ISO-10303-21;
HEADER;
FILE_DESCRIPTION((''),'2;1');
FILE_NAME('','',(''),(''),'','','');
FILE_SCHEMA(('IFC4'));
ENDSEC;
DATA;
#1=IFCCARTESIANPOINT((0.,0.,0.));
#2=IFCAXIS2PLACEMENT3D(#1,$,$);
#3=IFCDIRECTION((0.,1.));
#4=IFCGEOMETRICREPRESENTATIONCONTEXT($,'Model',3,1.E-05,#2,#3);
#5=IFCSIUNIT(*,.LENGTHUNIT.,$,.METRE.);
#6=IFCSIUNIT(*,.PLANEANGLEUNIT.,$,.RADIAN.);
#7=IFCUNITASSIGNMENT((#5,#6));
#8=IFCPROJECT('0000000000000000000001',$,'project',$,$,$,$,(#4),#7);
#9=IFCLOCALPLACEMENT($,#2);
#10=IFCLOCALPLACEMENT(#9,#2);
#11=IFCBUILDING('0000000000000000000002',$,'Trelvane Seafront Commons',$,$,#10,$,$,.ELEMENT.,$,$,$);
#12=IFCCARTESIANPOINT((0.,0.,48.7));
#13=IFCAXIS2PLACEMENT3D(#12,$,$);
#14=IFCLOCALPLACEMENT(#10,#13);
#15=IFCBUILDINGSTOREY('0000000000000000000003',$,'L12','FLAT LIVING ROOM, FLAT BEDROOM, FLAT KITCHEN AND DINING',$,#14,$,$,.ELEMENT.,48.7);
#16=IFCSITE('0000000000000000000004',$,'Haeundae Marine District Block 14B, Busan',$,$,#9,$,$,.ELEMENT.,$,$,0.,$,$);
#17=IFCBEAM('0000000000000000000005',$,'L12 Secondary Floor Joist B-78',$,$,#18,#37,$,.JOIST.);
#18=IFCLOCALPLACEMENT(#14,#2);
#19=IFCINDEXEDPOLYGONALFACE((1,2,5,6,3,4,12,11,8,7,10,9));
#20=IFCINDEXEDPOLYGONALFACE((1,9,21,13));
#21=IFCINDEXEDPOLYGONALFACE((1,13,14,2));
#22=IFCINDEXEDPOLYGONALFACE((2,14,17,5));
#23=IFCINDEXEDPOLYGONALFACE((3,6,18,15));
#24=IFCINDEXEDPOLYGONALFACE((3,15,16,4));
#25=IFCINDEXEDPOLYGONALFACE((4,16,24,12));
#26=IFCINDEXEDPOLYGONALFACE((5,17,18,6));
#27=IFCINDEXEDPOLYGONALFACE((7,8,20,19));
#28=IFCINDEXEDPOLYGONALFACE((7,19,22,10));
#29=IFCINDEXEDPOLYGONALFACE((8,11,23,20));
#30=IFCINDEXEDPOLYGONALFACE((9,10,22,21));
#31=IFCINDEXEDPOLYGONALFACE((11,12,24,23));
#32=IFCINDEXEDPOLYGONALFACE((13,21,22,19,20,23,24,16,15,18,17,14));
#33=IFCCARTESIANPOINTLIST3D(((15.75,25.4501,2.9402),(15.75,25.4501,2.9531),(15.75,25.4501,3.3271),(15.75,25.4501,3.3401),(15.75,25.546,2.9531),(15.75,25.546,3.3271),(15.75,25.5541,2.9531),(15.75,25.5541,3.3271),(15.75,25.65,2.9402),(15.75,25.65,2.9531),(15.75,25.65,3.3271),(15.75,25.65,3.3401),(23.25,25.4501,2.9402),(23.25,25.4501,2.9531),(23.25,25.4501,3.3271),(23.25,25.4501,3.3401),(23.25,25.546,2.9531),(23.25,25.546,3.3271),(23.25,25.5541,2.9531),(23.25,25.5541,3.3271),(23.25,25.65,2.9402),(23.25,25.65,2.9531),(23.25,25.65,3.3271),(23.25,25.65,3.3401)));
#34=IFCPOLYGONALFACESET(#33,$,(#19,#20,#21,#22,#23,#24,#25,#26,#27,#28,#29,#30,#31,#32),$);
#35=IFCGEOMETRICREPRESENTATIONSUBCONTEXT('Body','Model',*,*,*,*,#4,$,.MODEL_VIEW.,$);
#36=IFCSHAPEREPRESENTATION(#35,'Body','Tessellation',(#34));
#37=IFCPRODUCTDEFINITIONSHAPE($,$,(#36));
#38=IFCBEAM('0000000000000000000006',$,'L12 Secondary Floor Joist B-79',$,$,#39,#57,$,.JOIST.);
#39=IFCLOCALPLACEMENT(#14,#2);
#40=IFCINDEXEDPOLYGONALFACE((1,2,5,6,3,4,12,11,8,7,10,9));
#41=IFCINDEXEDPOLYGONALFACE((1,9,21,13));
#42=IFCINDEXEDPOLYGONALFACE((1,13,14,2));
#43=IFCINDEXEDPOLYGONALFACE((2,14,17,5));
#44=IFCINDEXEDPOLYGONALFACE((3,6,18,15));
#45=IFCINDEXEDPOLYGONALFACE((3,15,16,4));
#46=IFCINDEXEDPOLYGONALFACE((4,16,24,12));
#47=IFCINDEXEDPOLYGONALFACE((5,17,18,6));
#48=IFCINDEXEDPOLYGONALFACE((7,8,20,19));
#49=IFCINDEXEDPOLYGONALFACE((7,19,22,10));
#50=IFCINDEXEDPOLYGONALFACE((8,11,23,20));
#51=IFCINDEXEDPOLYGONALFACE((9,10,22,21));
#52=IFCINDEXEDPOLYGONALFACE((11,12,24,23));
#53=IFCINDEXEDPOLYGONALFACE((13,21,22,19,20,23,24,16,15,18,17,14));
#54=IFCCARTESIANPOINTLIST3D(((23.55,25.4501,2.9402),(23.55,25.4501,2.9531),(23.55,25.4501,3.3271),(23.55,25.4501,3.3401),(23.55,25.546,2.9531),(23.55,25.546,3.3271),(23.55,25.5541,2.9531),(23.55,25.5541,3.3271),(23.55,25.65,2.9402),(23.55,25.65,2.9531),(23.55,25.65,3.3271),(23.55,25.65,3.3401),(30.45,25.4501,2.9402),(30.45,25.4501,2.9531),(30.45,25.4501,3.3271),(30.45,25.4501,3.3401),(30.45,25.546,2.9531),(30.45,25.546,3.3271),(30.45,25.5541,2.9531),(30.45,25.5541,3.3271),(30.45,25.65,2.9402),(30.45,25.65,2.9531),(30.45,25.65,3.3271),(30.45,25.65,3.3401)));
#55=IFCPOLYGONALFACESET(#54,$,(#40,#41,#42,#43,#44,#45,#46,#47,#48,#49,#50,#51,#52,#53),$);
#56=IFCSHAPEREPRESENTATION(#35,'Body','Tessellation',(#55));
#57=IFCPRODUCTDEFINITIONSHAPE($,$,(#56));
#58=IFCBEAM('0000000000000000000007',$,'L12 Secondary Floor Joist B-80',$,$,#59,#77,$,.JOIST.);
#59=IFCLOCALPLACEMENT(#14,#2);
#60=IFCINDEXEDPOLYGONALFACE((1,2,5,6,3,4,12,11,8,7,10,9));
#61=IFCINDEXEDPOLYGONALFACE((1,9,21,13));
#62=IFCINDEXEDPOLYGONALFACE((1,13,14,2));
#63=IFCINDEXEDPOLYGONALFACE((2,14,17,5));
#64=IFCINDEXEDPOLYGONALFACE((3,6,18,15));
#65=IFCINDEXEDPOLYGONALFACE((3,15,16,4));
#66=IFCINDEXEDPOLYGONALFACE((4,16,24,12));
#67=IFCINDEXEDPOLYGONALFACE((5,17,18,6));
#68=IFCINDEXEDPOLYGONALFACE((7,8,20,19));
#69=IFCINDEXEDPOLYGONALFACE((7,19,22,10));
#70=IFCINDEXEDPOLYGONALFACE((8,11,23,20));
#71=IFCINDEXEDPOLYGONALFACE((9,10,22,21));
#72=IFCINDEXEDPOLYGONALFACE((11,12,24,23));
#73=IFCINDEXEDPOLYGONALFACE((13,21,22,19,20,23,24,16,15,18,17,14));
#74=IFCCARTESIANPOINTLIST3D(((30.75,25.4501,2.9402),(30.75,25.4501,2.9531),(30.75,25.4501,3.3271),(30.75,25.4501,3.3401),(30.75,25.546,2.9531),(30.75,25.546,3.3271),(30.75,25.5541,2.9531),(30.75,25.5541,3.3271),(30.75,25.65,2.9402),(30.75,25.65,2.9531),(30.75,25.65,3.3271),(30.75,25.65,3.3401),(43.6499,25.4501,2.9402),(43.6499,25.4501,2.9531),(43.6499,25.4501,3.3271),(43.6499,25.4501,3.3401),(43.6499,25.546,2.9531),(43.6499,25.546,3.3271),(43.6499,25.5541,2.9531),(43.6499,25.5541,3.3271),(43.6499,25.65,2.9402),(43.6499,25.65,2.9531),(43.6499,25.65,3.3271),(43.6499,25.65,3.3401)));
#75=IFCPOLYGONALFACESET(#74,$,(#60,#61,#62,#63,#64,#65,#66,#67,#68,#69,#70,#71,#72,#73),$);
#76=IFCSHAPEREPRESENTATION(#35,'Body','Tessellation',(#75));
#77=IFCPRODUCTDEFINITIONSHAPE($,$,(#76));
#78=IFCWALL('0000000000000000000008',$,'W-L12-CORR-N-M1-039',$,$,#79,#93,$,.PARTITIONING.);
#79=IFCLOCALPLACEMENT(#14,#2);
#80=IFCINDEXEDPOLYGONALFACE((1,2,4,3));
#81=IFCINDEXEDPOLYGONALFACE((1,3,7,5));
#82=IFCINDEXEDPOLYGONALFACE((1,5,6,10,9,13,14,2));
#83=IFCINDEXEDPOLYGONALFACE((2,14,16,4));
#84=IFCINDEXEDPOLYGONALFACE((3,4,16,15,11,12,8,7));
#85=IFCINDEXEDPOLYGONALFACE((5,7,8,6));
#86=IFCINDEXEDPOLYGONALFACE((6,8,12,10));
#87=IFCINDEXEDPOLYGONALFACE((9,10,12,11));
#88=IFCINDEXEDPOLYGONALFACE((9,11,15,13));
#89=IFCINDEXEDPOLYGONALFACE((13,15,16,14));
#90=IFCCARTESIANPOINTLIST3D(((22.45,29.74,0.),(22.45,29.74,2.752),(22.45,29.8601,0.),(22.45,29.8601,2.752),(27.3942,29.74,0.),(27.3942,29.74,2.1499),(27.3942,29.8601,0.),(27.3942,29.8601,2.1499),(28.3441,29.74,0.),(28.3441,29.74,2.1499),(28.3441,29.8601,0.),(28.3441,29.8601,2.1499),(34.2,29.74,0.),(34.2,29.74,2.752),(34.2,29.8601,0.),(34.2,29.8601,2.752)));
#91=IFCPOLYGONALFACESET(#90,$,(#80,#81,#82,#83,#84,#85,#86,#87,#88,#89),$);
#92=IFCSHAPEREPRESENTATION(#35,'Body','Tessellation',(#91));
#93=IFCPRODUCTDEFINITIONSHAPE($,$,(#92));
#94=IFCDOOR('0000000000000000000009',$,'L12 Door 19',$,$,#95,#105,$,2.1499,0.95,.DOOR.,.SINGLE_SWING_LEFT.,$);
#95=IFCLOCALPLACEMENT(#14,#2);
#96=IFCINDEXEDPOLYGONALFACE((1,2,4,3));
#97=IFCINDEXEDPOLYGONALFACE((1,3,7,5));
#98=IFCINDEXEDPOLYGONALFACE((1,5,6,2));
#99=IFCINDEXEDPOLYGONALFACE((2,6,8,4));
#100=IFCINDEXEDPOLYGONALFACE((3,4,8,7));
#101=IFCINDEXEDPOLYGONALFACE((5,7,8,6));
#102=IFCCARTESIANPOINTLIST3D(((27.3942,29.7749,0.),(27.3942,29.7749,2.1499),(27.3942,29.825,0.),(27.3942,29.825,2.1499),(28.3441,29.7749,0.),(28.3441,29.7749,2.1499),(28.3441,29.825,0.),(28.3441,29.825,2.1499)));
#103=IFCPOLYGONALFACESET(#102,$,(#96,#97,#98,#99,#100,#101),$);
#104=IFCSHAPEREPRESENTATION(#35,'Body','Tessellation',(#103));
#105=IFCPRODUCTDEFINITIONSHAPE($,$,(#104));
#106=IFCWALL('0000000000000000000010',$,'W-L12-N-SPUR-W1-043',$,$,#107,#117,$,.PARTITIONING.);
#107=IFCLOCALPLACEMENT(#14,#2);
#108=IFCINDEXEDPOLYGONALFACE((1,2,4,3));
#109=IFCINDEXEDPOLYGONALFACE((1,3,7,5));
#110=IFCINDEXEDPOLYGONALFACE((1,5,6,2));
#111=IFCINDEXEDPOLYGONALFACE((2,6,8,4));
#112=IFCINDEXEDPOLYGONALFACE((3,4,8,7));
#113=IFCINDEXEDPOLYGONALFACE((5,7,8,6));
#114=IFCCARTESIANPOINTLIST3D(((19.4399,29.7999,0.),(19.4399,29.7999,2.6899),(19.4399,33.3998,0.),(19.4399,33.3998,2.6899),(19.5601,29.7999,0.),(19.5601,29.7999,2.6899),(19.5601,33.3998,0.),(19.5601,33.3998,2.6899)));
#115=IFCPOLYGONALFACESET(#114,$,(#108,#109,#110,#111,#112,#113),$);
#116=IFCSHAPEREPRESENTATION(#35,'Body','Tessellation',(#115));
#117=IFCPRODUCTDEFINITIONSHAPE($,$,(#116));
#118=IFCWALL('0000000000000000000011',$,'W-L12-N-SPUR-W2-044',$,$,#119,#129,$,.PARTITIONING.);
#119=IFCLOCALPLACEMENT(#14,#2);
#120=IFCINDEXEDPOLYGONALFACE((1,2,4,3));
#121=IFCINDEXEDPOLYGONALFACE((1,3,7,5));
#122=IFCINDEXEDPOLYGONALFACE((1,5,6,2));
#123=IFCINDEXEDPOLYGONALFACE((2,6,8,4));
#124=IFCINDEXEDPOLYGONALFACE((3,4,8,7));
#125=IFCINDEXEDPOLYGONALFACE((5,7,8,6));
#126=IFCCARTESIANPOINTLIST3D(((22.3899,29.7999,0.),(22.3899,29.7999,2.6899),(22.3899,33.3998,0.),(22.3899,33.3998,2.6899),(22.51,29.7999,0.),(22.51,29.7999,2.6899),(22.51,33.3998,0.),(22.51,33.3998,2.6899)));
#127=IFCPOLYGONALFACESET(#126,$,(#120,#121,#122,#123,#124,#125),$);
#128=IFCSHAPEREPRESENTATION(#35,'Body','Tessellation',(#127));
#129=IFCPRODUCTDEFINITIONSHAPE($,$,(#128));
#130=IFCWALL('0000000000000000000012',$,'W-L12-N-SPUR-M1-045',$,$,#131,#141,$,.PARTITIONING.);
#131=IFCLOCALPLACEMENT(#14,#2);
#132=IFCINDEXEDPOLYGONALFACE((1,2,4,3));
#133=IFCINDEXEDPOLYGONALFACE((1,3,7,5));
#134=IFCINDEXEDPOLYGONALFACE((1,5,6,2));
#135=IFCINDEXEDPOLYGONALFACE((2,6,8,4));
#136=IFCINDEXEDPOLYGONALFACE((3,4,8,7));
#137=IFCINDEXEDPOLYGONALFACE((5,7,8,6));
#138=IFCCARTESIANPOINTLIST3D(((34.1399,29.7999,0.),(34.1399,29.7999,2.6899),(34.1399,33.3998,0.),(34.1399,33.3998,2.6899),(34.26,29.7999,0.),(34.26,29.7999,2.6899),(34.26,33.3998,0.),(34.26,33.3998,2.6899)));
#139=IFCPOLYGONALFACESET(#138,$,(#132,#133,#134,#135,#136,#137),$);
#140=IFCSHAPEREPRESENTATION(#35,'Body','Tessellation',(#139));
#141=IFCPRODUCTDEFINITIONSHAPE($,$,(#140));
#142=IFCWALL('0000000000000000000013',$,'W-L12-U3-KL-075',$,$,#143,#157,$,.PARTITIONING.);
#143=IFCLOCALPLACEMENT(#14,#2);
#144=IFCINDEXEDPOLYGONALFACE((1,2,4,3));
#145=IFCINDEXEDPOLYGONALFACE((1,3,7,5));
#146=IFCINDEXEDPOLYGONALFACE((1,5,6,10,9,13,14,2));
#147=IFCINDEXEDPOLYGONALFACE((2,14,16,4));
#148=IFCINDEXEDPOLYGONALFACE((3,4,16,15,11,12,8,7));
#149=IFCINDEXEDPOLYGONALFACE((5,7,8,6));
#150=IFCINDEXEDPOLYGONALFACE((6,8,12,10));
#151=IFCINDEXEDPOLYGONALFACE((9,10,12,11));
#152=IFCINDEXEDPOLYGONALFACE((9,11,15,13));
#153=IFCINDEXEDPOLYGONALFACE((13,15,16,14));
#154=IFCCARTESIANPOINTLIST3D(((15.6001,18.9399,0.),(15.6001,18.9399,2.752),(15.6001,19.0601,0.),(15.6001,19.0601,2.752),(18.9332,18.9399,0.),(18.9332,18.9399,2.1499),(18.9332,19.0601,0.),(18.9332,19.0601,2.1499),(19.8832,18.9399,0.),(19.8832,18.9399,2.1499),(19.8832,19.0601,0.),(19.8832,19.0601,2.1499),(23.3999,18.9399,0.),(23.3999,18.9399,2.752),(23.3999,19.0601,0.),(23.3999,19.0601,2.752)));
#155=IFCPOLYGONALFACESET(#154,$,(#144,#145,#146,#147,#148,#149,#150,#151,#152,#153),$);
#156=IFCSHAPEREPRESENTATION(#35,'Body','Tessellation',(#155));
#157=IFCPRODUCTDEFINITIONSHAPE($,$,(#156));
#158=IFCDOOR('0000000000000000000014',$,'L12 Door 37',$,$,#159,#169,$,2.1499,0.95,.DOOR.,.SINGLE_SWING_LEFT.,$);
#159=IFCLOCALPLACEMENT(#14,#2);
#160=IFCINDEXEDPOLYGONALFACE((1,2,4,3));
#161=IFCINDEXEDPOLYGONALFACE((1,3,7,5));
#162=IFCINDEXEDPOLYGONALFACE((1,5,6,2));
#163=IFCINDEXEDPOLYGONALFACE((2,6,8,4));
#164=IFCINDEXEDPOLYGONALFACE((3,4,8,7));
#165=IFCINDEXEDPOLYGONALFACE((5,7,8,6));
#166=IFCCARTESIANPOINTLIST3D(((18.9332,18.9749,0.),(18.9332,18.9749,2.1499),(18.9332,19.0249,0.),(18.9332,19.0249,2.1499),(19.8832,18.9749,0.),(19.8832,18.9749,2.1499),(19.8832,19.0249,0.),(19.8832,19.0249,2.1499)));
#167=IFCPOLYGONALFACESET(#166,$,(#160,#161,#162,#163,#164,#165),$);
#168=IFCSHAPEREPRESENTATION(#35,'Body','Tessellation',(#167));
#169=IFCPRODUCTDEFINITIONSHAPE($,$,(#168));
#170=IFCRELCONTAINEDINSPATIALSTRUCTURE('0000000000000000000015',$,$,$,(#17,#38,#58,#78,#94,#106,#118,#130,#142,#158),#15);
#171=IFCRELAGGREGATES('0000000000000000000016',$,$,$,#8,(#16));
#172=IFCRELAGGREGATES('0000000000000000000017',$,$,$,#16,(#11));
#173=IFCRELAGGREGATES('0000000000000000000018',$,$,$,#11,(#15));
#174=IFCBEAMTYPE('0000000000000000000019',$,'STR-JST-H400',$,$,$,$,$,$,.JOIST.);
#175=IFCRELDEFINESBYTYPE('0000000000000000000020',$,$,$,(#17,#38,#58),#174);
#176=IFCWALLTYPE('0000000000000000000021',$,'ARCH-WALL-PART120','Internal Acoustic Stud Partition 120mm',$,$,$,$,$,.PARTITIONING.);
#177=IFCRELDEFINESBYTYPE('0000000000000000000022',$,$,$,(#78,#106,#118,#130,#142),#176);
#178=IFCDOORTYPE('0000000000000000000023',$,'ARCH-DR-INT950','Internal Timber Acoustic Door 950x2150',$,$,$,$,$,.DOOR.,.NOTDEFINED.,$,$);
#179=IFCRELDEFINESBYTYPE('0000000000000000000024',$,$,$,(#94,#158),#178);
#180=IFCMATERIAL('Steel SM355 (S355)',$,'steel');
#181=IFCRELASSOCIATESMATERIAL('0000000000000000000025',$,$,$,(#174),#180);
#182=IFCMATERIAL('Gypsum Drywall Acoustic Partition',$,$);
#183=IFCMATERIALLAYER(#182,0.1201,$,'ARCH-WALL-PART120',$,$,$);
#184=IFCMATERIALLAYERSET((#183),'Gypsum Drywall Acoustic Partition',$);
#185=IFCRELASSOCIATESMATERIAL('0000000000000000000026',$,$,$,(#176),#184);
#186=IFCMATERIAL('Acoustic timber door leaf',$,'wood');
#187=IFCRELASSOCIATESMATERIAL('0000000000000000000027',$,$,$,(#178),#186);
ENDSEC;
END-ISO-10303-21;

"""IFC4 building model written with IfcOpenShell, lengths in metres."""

from ifc_helpers import new_model, si_unit, direction, frame, frame_2d, origin, origin_2d, place, context, subcontext, project, spatial, rectangle, i_section, extrude, source, transform, mapped, material, layer, layer_set, material_profile, profile_set, type_object, element, fill, save


model = new_model("IFC4")

# Units and contexts
model_context = context("Model", 3, precision=1e-05, world=origin(), true_north=direction((0.0, 1.0)))
body_context = subcontext(model_context, "Body", "Model", "MODEL_VIEW")
ifc_project = project(units=[si_unit("LENGTHUNIT", "METRE"), si_unit("PLANEANGLEUNIT", "RADIAN")], contexts=[model_context])

# Site, building, storey
site_placement = place(None, origin())
site = spatial("IfcSite", under=ifc_project, at=site_placement, Name="Haeundae Marine District Block 14B, Busan", CompositionType="ELEMENT", RefElevation=0.0)
building_placement = place(site_placement, origin())
building = spatial("IfcBuilding", under=site, at=building_placement, Name="Trelvane Seafront Commons", CompositionType="ELEMENT")
storey_placement = place(building_placement, frame((0.0, 0.0, 48.7)))
storey = spatial("IfcBuildingStorey", under=building, at=storey_placement, Name="L12", Description="FLAT LIVING ROOM, FLAT BEDROOM, FLAT KITCHEN AND DINING", CompositionType="ELEMENT", Elevation=48.7)

# Beams
ifc_material_1 = material(Name="Steel SM355 (S355)", Category="steel")
ifc_material_profile_1 = material_profile(ifc_material_1, i_section(OverallWidth=0.2, OverallDepth=0.3999, WebThickness=0.0081, FlangeThickness=0.0129, at=origin_2d()), Name="H-400x200x8x13")
ifc_profile_set_1 = profile_set([ifc_material_profile_1], Name="Steel SM355 (S355)")
beam_type_1 = type_object("IfcBeamType", Name="STR-JST-H400", PredefinedType="JOIST", material=ifc_profile_set_1)
shared_shape_1 = source(origin(), body_context, "Body", "SweptSolid", [
    extrude(i_section(OverallWidth=0.2, OverallDepth=0.3999, WebThickness=0.0081, FlangeThickness=0.0129, at=origin_2d()), origin(), (0.0, 0.0, 1.0), 7.5),
])
beam_1_placement = place(storey_placement, frame((15.75, 25.55, 3.1401), z_axis=(1.0, 0.0, 0.0), x_axis=(0.0, 1.0, 0.0)))
element("IfcBeam", 1, at=beam_1_placement, inside=storey, type_object=beam_type_1, Name="L12 Secondary Floor Joist B-78", PredefinedType="JOIST", context=body_context, shape_type="MappedRepresentation", body=[
    mapped(shared_shape_1, transform((0.0, 0.0, 0.0), x_axis=(1.0, 0.0, 0.0), y_axis=(0.0, 1.0, 0.0), z_axis=(0.0, 0.0, 1.0), scale=1.0)),
])
shared_shape_2 = source(origin(), body_context, "Body", "SweptSolid", [
    extrude(i_section(OverallWidth=0.2, OverallDepth=0.3999, WebThickness=0.0081, FlangeThickness=0.0129, at=origin_2d()), origin(), (0.0, 0.0, 1.0), 6.8999),
])
beam_2_placement = place(storey_placement, frame((23.55, 25.55, 3.1401), z_axis=(1.0, 0.0, 0.0), x_axis=(0.0, 1.0, 0.0)))
element("IfcBeam", 2, at=beam_2_placement, inside=storey, type_object=beam_type_1, Name="L12 Secondary Floor Joist B-79", PredefinedType="JOIST", context=body_context, shape_type="MappedRepresentation", body=[
    mapped(shared_shape_2, transform((0.0, 0.0, 0.0), x_axis=(1.0, 0.0, 0.0), y_axis=(0.0, 1.0, 0.0), z_axis=(0.0, 0.0, 1.0), scale=1.0)),
])
shared_shape_3 = source(origin(), body_context, "Body", "SweptSolid", [
    extrude(i_section(OverallWidth=0.2, OverallDepth=0.3999, WebThickness=0.0081, FlangeThickness=0.0129, at=origin_2d()), origin(), (0.0, 0.0, 1.0), 12.8999),
])
beam_3_placement = place(storey_placement, frame((30.75, 25.55, 3.1401), z_axis=(1.0, 0.0, 0.0), x_axis=(0.0, 1.0, 0.0)))
element("IfcBeam", 3, at=beam_3_placement, inside=storey, type_object=beam_type_1, Name="L12 Secondary Floor Joist B-80", PredefinedType="JOIST", context=body_context, shape_type="MappedRepresentation", body=[
    mapped(shared_shape_3, transform((0.0, 0.0, 0.0), x_axis=(1.0, 0.0, 0.0), y_axis=(0.0, 1.0, 0.0), z_axis=(0.0, 0.0, 1.0), scale=1.0)),
])

# Wall, opening, door
ifc_material_2 = material(Name="Gypsum Drywall Acoustic Partition")
ifc_layer_1 = layer(ifc_material_2, 0.1201, Name="ARCH-WALL-PART120")
ifc_layer_set_1 = layer_set([ifc_layer_1], Name="Gypsum Drywall Acoustic Partition")
wall_type_1 = type_object("IfcWallType", Name="ARCH-WALL-PART120", Description="Internal Acoustic Stud Partition 120mm", PredefinedType="PARTITIONING", material=ifc_layer_set_1)
wall_1_placement = place(storey_placement, frame((22.45, 29.8, 0.0), z_axis=(0.0, 0.0, 1.0), x_axis=(1.0, 0.0, 0.0)))
wall_1 = element("IfcWall", 4, at=wall_1_placement, inside=storey, type_object=wall_type_1, Name="W-L12-CORR-N-M1-039", PredefinedType="PARTITIONING", context=body_context, shape_type="SweptSolid", body=[
    extrude(rectangle(XDim=11.75, YDim=0.1201, at=frame_2d((5.875, 0.0))), origin(), (0.0, 0.0, 1.0), 2.752),
])
opening_1_placement = place(wall_1_placement, frame((4.9441, 0.0, 0.0)))
opening_1 = element("IfcOpeningElement", 5, at=opening_1_placement, cuts=wall_1, PredefinedType="OPENING", context=body_context, shape_type="SweptSolid", body=[
    extrude(rectangle(XDim=0.95, YDim=2.1499, at=frame_2d((0.4751, 1.075))), frame((0.0, 0.0701, 0.0), z_axis=(0.0, -1.0, 0.0), x_axis=(1.0, 0.0, 0.0)), (0.0, 0.0, 1.0), 0.1401),
])
ifc_material_3 = material(Name="Acoustic timber door leaf", Category="wood")
door_type_1 = type_object("IfcDoorType", Name="ARCH-DR-INT950", Description="Internal Timber Acoustic Door 950x2150", OperationType="NOTDEFINED", PredefinedType="DOOR", material=ifc_material_3)
shared_shape_4 = source(origin(), body_context, "Body", "SweptSolid", [
    extrude(rectangle(XDim=0.95, YDim=2.1499, at=frame_2d((0.4751, 1.075))), frame((0.0, 0.0249, 0.0), z_axis=(0.0, -1.0, 0.0), x_axis=(1.0, 0.0, 0.0)), (0.0, 0.0, 1.0), 0.05),
])
door_1_placement = place(opening_1_placement, origin())
door_1 = element("IfcDoor", 6, at=door_1_placement, inside=storey, type_object=door_type_1, Name="L12 Door 19", OperationType="SINGLE_SWING_LEFT", OverallHeight=2.1499, OverallWidth=0.95, PredefinedType="DOOR", context=body_context, shape_type="MappedRepresentation", body=[
    mapped(shared_shape_4, transform((0.0, 0.0, 0.0), x_axis=(1.0, 0.0, 0.0), y_axis=(0.0, 1.0, 0.0), z_axis=(0.0, 0.0, 1.0), scale=1.0)),
])
fill(opening_1, door_1)

# Walls
for number, where, z_axis, x_axis, name in (
    (7, (19.5, 29.8, 0.0), (0.0, 0.0, 1.0), (0.0, 1.0, 0.0), "W-L12-N-SPUR-W1-043"),
    (8, (22.45, 29.8, 0.0), (0.0, 0.0, 1.0), (0.0, 1.0, 0.0), "W-L12-N-SPUR-W2-044"),
    (9, (34.2, 29.8, 0.0), (0.0, 0.0, 1.0), (0.0, 1.0, 0.0), "W-L12-N-SPUR-M1-045"),
):
    element("IfcWall", number, at=place(storey_placement, frame(where, z_axis=z_axis, x_axis=x_axis)), inside=storey, type_object=wall_type_1, Name=name, PredefinedType="PARTITIONING", context=body_context, shape_type="SweptSolid", body=[
        extrude(rectangle(XDim=3.5999, YDim=0.1201, at=frame_2d((1.7998, 0.0))), origin(), (0.0, 0.0, 1.0), 2.6899),
    ])

# Wall, opening, door
wall_2_placement = place(storey_placement, frame((15.6001, 19.0, 0.0), z_axis=(0.0, 0.0, 1.0), x_axis=(1.0, 0.0, 0.0)))
wall_2 = element("IfcWall", 10, at=wall_2_placement, inside=storey, type_object=wall_type_1, Name="W-L12-U3-KL-075", PredefinedType="PARTITIONING", context=body_context, shape_type="SweptSolid", body=[
    extrude(rectangle(XDim=7.7998, YDim=0.1201, at=frame_2d((3.8999, 0.0))), origin(), (0.0, 0.0, 1.0), 2.752),
])
opening_2_placement = place(wall_2_placement, frame((3.333, 0.0, 0.0)))
opening_2 = element("IfcOpeningElement", 11, at=opening_2_placement, cuts=wall_2, PredefinedType="OPENING", context=body_context, shape_type="SweptSolid", body=[
    extrude(rectangle(XDim=0.95, YDim=2.1499, at=frame_2d((0.4751, 1.075))), frame((0.0, 0.0701, 0.0), z_axis=(0.0, -1.0, 0.0), x_axis=(1.0, 0.0, 0.0)), (0.0, 0.0, 1.0), 0.1401),
])
door_2_placement = place(opening_2_placement, origin())
door_2 = element("IfcDoor", 12, at=door_2_placement, inside=storey, type_object=door_type_1, Name="L12 Door 37", OperationType="SINGLE_SWING_LEFT", OverallHeight=2.1499, OverallWidth=0.95, PredefinedType="DOOR", context=body_context, shape_type="MappedRepresentation", body=[
    mapped(shared_shape_4, transform((0.0, 0.0, 0.0), x_axis=(1.0, 0.0, 0.0), y_axis=(0.0, 1.0, 0.0), z_axis=(0.0, 0.0, 1.0), scale=1.0)),
])
fill(opening_2, door_2)

save(model, "model.ifc")
